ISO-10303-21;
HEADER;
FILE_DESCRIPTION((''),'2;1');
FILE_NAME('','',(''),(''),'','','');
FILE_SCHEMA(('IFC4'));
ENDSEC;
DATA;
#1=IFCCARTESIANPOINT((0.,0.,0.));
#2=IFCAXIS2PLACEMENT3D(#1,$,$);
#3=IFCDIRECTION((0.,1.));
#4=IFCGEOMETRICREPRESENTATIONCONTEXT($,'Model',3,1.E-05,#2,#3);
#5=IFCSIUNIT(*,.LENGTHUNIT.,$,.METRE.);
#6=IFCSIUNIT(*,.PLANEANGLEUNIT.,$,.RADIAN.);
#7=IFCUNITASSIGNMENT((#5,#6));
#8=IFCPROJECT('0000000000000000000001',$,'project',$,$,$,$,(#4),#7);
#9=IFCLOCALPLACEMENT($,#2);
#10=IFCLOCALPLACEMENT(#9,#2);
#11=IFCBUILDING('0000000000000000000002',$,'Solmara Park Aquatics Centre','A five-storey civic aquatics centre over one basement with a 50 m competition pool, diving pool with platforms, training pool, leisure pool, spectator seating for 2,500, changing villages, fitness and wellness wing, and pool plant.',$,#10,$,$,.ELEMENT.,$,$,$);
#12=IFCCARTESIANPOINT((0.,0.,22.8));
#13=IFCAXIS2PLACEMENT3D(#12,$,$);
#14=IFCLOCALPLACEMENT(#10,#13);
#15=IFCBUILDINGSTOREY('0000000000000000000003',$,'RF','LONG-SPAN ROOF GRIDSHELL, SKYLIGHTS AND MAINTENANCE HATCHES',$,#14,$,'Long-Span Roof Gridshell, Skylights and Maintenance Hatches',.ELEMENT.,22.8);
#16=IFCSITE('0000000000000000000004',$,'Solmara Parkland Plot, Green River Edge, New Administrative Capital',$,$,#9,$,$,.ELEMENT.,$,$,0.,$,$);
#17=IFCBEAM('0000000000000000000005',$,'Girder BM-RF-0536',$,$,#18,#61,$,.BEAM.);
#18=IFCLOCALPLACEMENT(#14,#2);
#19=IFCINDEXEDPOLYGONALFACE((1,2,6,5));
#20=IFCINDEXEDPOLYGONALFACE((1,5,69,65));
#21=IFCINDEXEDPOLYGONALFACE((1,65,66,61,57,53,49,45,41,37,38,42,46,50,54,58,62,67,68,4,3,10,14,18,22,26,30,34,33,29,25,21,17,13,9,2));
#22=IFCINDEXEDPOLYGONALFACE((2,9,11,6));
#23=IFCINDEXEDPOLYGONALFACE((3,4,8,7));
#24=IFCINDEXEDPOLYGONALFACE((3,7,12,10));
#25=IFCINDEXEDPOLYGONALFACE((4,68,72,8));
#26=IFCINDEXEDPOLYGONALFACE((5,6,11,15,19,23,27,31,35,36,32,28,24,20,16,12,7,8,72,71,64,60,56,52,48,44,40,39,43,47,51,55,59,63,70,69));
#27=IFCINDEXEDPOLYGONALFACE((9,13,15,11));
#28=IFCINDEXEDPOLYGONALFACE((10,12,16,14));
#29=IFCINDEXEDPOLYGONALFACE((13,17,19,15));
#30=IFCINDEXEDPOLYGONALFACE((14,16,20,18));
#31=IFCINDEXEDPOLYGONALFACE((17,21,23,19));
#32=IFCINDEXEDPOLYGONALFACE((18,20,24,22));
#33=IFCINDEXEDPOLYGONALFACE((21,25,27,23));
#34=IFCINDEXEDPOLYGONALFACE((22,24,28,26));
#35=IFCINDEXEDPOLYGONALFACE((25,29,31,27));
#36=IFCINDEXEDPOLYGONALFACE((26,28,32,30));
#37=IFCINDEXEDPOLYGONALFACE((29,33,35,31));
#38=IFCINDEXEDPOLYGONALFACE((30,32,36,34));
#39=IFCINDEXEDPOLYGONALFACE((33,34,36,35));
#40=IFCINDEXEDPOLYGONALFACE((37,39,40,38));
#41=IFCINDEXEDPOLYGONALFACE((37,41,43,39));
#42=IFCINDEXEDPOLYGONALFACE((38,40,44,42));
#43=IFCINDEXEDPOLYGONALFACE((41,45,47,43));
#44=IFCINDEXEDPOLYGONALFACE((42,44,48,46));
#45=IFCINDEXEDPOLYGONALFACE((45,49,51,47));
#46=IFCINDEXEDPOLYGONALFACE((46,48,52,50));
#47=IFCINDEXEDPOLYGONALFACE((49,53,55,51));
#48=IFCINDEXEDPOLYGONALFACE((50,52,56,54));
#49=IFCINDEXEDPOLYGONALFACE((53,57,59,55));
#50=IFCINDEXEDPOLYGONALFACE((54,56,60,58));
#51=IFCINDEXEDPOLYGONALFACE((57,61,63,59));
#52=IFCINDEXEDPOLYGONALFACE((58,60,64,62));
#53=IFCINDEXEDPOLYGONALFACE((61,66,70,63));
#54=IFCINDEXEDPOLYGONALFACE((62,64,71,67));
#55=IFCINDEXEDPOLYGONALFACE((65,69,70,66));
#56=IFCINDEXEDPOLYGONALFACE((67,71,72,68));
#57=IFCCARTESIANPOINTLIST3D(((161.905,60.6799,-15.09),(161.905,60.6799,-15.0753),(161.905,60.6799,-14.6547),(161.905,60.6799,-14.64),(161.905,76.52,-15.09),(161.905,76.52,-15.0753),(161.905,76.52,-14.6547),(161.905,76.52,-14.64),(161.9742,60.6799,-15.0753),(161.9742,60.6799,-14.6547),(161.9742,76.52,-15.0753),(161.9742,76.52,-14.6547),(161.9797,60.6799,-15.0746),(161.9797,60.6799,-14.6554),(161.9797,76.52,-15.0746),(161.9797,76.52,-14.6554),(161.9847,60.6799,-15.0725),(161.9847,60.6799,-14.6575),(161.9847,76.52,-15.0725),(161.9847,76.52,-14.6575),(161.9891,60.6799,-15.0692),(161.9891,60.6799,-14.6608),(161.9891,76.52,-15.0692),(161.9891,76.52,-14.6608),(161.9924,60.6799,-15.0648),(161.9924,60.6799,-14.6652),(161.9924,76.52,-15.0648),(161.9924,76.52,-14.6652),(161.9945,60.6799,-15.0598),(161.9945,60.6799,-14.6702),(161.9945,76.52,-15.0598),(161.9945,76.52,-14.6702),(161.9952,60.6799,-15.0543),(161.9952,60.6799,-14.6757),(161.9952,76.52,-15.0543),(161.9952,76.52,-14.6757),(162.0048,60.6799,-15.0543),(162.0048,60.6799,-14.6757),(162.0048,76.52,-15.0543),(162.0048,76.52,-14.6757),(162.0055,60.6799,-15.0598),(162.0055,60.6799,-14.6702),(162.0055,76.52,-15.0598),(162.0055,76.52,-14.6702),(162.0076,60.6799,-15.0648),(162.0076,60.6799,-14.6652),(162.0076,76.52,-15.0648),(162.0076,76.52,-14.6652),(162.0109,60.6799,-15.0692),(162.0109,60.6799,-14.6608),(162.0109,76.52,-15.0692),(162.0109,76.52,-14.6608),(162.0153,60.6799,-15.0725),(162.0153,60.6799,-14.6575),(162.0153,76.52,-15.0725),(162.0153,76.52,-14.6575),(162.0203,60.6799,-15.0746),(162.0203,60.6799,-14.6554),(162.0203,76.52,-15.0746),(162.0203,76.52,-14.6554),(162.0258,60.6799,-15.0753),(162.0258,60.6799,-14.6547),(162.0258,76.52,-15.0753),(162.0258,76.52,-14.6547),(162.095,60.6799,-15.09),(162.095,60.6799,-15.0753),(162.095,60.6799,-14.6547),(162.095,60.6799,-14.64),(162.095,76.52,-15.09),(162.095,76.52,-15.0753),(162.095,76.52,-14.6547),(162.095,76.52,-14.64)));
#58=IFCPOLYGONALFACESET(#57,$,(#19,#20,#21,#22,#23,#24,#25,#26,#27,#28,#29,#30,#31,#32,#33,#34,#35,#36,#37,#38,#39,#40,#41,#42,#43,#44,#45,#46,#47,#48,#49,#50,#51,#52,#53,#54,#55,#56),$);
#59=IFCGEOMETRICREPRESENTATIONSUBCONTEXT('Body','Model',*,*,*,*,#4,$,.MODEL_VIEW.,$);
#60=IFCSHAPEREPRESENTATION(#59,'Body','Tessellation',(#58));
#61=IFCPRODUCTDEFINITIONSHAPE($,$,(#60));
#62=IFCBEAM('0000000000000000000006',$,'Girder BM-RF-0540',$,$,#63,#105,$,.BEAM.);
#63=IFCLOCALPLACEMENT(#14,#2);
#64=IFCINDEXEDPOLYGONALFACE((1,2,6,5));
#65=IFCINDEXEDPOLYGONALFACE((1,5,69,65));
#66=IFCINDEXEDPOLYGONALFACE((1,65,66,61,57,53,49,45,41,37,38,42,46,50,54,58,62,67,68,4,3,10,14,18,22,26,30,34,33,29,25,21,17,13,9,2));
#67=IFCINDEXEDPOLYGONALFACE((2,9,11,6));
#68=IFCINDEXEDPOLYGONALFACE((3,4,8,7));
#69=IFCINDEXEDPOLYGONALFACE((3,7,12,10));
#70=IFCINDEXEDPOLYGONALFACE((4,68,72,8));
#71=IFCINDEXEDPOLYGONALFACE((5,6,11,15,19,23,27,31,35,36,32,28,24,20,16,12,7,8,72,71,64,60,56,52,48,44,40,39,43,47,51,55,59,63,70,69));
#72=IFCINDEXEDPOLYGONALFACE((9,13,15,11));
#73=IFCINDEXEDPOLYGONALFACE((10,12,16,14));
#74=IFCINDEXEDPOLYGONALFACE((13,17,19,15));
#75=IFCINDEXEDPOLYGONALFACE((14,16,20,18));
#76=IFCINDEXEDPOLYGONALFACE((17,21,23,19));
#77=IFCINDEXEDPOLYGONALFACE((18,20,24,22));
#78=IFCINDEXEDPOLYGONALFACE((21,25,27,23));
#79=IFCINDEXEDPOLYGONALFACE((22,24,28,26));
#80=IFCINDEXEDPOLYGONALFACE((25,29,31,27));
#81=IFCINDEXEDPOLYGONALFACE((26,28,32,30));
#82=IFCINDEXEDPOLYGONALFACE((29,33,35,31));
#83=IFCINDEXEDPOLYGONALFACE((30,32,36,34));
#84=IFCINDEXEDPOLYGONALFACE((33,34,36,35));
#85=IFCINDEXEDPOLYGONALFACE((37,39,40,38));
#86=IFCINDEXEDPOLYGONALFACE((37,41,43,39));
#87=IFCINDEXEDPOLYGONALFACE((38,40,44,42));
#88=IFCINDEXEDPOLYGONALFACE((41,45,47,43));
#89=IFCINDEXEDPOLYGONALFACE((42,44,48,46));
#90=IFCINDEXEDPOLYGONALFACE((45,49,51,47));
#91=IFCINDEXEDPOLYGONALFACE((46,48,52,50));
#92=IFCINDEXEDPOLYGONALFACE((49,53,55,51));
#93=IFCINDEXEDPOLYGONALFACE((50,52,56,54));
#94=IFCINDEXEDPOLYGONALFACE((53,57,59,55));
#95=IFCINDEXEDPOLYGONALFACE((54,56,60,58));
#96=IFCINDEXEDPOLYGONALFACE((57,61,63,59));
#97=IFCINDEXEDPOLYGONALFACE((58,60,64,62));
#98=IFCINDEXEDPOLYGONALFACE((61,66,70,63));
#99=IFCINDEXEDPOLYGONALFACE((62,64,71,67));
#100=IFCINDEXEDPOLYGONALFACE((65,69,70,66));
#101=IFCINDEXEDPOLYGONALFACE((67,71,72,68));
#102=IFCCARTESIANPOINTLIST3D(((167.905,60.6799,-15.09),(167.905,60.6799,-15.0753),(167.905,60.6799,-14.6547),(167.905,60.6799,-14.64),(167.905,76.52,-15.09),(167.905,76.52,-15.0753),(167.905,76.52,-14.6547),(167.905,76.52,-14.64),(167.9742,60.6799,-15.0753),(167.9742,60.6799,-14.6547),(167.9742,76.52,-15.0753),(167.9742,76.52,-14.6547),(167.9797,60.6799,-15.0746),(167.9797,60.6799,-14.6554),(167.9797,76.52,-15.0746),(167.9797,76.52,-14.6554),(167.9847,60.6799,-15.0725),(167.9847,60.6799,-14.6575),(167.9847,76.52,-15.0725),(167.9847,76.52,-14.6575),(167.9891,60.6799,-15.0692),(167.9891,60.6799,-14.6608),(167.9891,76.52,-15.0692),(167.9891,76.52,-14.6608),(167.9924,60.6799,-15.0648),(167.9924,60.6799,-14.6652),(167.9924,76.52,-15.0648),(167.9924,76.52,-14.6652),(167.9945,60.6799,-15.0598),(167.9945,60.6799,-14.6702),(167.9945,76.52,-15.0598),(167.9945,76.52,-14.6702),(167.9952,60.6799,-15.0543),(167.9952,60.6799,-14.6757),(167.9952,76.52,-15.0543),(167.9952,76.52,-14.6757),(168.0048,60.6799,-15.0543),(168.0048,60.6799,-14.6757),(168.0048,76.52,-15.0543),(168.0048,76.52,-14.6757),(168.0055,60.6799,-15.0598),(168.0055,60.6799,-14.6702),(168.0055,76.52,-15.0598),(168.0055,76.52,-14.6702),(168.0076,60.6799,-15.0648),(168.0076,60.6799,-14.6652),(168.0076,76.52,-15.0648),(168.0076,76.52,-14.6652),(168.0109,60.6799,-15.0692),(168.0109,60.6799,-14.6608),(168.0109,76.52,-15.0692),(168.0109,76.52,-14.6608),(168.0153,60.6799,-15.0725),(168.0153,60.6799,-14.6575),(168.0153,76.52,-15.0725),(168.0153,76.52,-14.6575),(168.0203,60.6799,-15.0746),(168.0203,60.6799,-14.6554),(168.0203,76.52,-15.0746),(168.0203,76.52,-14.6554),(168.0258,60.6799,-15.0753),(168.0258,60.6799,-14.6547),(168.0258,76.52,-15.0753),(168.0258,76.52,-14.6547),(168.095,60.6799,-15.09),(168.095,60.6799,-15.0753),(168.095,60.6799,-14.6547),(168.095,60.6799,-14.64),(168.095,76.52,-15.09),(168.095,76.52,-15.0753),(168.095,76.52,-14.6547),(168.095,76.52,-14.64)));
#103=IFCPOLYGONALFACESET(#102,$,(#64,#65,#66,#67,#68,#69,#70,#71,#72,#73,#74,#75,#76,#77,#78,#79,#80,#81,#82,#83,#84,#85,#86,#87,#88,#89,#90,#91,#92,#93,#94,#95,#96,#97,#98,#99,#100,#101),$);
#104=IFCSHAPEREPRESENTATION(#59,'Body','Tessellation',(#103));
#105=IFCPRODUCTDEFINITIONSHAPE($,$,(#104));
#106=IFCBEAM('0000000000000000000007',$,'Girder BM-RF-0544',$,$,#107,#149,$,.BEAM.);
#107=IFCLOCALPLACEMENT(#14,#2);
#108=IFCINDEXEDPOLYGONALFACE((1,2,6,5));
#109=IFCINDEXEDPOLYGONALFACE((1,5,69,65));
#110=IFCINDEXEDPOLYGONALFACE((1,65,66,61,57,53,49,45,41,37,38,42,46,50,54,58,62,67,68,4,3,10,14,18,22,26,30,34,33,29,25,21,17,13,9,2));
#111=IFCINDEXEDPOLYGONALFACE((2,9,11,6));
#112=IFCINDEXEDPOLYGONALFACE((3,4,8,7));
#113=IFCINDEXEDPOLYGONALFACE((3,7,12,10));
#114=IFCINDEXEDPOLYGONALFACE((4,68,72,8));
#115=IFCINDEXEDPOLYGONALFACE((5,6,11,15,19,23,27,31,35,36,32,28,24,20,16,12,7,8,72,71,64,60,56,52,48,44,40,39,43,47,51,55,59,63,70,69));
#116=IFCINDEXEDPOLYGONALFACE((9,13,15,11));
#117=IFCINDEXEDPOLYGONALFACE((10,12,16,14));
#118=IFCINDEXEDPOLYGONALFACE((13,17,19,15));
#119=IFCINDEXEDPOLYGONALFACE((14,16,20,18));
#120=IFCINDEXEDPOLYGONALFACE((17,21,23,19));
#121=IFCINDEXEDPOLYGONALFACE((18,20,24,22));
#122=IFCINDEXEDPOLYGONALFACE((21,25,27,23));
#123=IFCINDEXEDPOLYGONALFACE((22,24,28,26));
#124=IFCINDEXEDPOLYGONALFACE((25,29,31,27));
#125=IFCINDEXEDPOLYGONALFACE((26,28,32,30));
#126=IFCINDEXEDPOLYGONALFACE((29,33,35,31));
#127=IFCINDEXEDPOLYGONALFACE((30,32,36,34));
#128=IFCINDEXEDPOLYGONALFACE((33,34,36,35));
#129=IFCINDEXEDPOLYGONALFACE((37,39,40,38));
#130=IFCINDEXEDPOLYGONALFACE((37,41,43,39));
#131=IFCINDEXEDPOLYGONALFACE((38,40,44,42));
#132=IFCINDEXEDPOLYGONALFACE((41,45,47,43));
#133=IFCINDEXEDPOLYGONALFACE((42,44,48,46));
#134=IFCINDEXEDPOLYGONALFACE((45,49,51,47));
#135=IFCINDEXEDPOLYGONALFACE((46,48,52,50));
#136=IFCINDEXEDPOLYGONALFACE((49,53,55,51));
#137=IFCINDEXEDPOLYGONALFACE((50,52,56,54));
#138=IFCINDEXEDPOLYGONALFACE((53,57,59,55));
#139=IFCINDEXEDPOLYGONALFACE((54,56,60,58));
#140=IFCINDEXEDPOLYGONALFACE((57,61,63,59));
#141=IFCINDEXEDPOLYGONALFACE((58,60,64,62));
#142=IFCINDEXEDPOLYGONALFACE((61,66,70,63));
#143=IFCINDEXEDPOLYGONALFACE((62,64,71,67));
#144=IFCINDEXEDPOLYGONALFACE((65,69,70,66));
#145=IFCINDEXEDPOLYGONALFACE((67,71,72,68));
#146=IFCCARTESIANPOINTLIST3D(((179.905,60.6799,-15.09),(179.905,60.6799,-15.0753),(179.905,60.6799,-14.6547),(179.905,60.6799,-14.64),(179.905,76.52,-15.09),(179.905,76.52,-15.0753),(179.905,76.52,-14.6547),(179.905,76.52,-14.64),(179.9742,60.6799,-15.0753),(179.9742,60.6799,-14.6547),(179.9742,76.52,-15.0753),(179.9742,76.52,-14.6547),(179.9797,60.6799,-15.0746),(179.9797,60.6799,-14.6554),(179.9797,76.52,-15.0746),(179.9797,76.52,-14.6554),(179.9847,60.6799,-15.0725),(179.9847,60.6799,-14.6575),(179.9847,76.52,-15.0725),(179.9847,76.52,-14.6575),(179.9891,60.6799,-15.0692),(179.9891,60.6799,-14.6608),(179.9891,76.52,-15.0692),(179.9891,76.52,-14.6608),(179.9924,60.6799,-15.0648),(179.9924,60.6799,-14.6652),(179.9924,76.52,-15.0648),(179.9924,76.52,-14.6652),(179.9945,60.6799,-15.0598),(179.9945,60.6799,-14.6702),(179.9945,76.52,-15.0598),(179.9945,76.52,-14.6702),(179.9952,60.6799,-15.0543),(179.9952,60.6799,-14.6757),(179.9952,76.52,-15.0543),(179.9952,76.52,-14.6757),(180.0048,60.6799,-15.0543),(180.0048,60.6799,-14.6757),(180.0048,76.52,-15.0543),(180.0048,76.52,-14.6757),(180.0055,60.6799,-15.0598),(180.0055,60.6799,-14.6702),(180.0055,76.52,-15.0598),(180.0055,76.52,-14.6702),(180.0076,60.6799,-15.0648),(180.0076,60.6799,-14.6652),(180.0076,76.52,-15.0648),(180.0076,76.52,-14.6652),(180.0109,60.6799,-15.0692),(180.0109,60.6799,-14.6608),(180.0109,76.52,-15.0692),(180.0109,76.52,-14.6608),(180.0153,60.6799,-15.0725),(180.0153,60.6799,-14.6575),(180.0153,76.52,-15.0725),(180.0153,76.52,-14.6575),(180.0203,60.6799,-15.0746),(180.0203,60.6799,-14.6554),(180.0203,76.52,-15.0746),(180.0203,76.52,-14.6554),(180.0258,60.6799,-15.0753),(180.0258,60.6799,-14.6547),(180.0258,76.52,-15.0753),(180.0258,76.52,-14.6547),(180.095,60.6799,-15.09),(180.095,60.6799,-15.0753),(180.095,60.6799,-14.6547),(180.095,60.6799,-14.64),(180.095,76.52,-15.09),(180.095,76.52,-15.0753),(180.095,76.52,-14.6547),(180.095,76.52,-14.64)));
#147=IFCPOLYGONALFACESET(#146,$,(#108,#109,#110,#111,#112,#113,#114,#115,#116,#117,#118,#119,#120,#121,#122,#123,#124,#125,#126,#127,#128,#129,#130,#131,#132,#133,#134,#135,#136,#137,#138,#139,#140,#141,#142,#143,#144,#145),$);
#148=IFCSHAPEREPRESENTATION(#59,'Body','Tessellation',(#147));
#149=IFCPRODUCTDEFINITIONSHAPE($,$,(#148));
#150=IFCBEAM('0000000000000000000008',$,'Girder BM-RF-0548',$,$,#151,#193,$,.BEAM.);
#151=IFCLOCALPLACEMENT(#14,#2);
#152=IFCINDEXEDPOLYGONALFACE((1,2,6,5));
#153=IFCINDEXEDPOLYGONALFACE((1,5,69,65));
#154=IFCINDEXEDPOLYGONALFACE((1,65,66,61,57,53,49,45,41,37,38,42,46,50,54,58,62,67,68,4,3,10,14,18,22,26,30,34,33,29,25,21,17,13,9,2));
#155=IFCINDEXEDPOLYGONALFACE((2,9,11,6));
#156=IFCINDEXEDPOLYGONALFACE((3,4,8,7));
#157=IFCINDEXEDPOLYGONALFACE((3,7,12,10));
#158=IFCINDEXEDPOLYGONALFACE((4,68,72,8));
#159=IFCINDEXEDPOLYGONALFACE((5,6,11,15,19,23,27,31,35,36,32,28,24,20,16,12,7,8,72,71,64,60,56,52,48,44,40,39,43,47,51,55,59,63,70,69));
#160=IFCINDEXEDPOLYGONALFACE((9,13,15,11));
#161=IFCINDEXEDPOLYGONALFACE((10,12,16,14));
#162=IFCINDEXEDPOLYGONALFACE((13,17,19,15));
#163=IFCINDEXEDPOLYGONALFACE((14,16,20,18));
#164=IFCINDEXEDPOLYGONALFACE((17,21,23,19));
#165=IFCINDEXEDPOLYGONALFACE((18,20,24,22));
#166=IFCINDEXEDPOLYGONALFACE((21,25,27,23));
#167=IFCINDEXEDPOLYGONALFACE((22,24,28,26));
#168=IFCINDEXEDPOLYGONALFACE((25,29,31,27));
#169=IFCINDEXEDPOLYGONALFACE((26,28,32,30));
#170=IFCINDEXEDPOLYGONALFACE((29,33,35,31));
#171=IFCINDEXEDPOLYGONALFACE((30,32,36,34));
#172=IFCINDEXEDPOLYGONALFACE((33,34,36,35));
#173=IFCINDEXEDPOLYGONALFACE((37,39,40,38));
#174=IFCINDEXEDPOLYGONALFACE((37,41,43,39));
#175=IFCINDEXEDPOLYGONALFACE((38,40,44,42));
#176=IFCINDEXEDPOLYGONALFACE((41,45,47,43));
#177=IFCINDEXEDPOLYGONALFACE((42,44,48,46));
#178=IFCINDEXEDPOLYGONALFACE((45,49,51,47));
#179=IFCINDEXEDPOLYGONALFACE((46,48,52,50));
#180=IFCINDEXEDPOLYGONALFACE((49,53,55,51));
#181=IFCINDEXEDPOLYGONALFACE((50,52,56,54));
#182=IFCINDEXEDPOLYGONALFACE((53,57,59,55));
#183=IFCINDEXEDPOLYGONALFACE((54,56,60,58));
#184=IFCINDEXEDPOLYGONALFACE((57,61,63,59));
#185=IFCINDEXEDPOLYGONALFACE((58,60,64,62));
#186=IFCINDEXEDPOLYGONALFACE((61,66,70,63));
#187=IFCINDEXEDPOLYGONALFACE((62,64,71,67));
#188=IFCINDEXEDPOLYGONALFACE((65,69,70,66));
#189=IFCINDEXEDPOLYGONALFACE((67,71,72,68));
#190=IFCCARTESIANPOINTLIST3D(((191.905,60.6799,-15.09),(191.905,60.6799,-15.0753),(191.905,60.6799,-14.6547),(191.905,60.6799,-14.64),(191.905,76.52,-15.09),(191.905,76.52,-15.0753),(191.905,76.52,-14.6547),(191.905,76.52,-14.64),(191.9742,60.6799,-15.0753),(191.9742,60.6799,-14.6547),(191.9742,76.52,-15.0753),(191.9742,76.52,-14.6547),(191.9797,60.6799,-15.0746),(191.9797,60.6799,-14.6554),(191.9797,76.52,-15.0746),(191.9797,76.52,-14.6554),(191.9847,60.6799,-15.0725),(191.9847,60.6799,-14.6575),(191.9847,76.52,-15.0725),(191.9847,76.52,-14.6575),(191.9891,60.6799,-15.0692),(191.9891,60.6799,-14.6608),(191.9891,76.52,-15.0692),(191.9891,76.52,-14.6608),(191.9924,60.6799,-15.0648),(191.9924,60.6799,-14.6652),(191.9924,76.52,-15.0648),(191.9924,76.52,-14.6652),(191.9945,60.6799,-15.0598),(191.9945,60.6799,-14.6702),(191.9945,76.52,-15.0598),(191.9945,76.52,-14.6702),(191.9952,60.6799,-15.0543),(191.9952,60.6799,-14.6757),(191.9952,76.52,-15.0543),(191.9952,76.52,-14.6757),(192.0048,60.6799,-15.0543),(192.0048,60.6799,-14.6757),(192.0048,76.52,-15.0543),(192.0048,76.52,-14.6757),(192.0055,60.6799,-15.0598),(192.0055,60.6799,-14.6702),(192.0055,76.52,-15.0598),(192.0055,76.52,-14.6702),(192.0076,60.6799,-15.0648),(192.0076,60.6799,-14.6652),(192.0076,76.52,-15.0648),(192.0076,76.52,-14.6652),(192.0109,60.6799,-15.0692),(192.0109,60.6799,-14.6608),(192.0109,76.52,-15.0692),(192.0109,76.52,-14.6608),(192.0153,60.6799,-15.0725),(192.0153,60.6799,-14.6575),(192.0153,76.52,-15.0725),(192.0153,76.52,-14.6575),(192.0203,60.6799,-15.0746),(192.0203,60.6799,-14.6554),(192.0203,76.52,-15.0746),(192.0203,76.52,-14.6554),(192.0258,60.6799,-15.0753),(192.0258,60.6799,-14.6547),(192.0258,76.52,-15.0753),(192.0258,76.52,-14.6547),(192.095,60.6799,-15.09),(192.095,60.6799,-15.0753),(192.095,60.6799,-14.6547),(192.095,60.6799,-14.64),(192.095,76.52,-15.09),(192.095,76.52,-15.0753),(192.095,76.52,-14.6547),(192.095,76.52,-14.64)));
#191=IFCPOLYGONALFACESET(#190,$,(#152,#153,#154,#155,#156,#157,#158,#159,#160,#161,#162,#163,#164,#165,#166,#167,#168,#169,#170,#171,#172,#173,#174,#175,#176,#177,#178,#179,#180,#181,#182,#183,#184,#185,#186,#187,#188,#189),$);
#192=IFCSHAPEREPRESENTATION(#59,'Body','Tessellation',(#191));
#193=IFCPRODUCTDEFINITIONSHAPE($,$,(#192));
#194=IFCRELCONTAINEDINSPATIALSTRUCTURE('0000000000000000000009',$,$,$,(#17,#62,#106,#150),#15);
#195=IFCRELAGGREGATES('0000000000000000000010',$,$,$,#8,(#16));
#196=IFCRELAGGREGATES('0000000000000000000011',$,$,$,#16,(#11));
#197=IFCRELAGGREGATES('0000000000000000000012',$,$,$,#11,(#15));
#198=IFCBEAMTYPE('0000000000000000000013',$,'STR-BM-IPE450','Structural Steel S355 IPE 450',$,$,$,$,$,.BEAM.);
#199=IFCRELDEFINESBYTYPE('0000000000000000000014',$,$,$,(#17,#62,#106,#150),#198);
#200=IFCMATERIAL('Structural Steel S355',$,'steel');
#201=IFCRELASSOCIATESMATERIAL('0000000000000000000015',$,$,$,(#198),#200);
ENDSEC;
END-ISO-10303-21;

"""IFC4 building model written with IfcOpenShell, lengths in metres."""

from ifc_helpers import new_model, si_unit, direction, frame, origin, origin_2d, place, context, subcontext, project, spatial, i_section, extrude, material, material_profile, profile_set, type_object, element, save


model = new_model("IFC4")

# Units and contexts
model_context = context("Model", 3, precision=1e-05, world=origin(), true_north=direction((0.0, 1.0)))
body_context = subcontext(model_context, "Body", "Model", "MODEL_VIEW")
ifc_project = project(units=[si_unit("LENGTHUNIT", "METRE"), si_unit("PLANEANGLEUNIT", "RADIAN")], contexts=[model_context])

# Site, building, storey
site_placement = place(None, origin())
site = spatial("IfcSite", under=ifc_project, at=site_placement, Name="Solmara Parkland Plot, Green River Edge, New Administrative Capital", CompositionType="ELEMENT", RefElevation=0.0)
building_placement = place(site_placement, origin())
building = spatial("IfcBuilding", under=site, at=building_placement, Name="Solmara Park Aquatics Centre", Description="A five-storey civic aquatics centre over one basement with a 50 m competition pool, diving pool with platforms, training pool, leisure pool, spectator seating for 2,500, changing villages, fitness and wellness wing, and pool plant.", CompositionType="ELEMENT")
storey_placement = place(building_placement, frame((0.0, 0.0, 22.8)))
storey = spatial("IfcBuildingStorey", under=building, at=storey_placement, Name="RF", Description="LONG-SPAN ROOF GRIDSHELL, SKYLIGHTS AND MAINTENANCE HATCHES", LongName="Long-Span Roof Gridshell, Skylights and Maintenance Hatches", CompositionType="ELEMENT", Elevation=22.8)

# Beams
ifc_material_1 = material(Name="Structural Steel S355", Category="steel")
ifc_material_profile_1 = material_profile(ifc_material_1, i_section(OverallWidth=0.1899, OverallDepth=0.45, WebThickness=0.0095, FlangeThickness=0.0146, FilletRadius=0.021, at=origin_2d()), Name="IPE 450")
ifc_profile_set_1 = profile_set([ifc_material_profile_1], Name="Structural Steel S355")
beam_type_1 = type_object("IfcBeamType", Name="STR-BM-IPE450", Description="Structural Steel S355 IPE 450", PredefinedType="BEAM", material=ifc_profile_set_1)
for number, where, z_axis, x_axis, name in (
    (1, (162.0, 60.6799, -14.865), (0.0, 1.0, 0.0), (-1.0, 0.0, 0.0), "Girder BM-RF-0536"),
    (2, (168.0, 60.6799, -14.865), (0.0, 1.0, 0.0), (-1.0, 0.0, 0.0), "Girder BM-RF-0540"),
    (3, (180.0, 60.6799, -14.865), (0.0, 1.0, 0.0), (-1.0, 0.0, 0.0), "Girder BM-RF-0544"),
    (4, (192.0, 60.6799, -14.865), (0.0, 1.0, 0.0), (-1.0, 0.0, 0.0), "Girder BM-RF-0548"),
):
    element("IfcBeam", number, at=place(storey_placement, frame(where, z_axis=z_axis, x_axis=x_axis)), inside=storey, type_object=beam_type_1, Name=name, PredefinedType="BEAM", context=body_context, shape_type="SweptSolid", body=[
        extrude(i_section(OverallWidth=0.1899, OverallDepth=0.45, WebThickness=0.0095, FlangeThickness=0.0146, FilletRadius=0.021, at=origin_2d()), origin(), (0.0, 0.0, 1.0), 15.8401),
    ])

save(model, "model.ifc")
